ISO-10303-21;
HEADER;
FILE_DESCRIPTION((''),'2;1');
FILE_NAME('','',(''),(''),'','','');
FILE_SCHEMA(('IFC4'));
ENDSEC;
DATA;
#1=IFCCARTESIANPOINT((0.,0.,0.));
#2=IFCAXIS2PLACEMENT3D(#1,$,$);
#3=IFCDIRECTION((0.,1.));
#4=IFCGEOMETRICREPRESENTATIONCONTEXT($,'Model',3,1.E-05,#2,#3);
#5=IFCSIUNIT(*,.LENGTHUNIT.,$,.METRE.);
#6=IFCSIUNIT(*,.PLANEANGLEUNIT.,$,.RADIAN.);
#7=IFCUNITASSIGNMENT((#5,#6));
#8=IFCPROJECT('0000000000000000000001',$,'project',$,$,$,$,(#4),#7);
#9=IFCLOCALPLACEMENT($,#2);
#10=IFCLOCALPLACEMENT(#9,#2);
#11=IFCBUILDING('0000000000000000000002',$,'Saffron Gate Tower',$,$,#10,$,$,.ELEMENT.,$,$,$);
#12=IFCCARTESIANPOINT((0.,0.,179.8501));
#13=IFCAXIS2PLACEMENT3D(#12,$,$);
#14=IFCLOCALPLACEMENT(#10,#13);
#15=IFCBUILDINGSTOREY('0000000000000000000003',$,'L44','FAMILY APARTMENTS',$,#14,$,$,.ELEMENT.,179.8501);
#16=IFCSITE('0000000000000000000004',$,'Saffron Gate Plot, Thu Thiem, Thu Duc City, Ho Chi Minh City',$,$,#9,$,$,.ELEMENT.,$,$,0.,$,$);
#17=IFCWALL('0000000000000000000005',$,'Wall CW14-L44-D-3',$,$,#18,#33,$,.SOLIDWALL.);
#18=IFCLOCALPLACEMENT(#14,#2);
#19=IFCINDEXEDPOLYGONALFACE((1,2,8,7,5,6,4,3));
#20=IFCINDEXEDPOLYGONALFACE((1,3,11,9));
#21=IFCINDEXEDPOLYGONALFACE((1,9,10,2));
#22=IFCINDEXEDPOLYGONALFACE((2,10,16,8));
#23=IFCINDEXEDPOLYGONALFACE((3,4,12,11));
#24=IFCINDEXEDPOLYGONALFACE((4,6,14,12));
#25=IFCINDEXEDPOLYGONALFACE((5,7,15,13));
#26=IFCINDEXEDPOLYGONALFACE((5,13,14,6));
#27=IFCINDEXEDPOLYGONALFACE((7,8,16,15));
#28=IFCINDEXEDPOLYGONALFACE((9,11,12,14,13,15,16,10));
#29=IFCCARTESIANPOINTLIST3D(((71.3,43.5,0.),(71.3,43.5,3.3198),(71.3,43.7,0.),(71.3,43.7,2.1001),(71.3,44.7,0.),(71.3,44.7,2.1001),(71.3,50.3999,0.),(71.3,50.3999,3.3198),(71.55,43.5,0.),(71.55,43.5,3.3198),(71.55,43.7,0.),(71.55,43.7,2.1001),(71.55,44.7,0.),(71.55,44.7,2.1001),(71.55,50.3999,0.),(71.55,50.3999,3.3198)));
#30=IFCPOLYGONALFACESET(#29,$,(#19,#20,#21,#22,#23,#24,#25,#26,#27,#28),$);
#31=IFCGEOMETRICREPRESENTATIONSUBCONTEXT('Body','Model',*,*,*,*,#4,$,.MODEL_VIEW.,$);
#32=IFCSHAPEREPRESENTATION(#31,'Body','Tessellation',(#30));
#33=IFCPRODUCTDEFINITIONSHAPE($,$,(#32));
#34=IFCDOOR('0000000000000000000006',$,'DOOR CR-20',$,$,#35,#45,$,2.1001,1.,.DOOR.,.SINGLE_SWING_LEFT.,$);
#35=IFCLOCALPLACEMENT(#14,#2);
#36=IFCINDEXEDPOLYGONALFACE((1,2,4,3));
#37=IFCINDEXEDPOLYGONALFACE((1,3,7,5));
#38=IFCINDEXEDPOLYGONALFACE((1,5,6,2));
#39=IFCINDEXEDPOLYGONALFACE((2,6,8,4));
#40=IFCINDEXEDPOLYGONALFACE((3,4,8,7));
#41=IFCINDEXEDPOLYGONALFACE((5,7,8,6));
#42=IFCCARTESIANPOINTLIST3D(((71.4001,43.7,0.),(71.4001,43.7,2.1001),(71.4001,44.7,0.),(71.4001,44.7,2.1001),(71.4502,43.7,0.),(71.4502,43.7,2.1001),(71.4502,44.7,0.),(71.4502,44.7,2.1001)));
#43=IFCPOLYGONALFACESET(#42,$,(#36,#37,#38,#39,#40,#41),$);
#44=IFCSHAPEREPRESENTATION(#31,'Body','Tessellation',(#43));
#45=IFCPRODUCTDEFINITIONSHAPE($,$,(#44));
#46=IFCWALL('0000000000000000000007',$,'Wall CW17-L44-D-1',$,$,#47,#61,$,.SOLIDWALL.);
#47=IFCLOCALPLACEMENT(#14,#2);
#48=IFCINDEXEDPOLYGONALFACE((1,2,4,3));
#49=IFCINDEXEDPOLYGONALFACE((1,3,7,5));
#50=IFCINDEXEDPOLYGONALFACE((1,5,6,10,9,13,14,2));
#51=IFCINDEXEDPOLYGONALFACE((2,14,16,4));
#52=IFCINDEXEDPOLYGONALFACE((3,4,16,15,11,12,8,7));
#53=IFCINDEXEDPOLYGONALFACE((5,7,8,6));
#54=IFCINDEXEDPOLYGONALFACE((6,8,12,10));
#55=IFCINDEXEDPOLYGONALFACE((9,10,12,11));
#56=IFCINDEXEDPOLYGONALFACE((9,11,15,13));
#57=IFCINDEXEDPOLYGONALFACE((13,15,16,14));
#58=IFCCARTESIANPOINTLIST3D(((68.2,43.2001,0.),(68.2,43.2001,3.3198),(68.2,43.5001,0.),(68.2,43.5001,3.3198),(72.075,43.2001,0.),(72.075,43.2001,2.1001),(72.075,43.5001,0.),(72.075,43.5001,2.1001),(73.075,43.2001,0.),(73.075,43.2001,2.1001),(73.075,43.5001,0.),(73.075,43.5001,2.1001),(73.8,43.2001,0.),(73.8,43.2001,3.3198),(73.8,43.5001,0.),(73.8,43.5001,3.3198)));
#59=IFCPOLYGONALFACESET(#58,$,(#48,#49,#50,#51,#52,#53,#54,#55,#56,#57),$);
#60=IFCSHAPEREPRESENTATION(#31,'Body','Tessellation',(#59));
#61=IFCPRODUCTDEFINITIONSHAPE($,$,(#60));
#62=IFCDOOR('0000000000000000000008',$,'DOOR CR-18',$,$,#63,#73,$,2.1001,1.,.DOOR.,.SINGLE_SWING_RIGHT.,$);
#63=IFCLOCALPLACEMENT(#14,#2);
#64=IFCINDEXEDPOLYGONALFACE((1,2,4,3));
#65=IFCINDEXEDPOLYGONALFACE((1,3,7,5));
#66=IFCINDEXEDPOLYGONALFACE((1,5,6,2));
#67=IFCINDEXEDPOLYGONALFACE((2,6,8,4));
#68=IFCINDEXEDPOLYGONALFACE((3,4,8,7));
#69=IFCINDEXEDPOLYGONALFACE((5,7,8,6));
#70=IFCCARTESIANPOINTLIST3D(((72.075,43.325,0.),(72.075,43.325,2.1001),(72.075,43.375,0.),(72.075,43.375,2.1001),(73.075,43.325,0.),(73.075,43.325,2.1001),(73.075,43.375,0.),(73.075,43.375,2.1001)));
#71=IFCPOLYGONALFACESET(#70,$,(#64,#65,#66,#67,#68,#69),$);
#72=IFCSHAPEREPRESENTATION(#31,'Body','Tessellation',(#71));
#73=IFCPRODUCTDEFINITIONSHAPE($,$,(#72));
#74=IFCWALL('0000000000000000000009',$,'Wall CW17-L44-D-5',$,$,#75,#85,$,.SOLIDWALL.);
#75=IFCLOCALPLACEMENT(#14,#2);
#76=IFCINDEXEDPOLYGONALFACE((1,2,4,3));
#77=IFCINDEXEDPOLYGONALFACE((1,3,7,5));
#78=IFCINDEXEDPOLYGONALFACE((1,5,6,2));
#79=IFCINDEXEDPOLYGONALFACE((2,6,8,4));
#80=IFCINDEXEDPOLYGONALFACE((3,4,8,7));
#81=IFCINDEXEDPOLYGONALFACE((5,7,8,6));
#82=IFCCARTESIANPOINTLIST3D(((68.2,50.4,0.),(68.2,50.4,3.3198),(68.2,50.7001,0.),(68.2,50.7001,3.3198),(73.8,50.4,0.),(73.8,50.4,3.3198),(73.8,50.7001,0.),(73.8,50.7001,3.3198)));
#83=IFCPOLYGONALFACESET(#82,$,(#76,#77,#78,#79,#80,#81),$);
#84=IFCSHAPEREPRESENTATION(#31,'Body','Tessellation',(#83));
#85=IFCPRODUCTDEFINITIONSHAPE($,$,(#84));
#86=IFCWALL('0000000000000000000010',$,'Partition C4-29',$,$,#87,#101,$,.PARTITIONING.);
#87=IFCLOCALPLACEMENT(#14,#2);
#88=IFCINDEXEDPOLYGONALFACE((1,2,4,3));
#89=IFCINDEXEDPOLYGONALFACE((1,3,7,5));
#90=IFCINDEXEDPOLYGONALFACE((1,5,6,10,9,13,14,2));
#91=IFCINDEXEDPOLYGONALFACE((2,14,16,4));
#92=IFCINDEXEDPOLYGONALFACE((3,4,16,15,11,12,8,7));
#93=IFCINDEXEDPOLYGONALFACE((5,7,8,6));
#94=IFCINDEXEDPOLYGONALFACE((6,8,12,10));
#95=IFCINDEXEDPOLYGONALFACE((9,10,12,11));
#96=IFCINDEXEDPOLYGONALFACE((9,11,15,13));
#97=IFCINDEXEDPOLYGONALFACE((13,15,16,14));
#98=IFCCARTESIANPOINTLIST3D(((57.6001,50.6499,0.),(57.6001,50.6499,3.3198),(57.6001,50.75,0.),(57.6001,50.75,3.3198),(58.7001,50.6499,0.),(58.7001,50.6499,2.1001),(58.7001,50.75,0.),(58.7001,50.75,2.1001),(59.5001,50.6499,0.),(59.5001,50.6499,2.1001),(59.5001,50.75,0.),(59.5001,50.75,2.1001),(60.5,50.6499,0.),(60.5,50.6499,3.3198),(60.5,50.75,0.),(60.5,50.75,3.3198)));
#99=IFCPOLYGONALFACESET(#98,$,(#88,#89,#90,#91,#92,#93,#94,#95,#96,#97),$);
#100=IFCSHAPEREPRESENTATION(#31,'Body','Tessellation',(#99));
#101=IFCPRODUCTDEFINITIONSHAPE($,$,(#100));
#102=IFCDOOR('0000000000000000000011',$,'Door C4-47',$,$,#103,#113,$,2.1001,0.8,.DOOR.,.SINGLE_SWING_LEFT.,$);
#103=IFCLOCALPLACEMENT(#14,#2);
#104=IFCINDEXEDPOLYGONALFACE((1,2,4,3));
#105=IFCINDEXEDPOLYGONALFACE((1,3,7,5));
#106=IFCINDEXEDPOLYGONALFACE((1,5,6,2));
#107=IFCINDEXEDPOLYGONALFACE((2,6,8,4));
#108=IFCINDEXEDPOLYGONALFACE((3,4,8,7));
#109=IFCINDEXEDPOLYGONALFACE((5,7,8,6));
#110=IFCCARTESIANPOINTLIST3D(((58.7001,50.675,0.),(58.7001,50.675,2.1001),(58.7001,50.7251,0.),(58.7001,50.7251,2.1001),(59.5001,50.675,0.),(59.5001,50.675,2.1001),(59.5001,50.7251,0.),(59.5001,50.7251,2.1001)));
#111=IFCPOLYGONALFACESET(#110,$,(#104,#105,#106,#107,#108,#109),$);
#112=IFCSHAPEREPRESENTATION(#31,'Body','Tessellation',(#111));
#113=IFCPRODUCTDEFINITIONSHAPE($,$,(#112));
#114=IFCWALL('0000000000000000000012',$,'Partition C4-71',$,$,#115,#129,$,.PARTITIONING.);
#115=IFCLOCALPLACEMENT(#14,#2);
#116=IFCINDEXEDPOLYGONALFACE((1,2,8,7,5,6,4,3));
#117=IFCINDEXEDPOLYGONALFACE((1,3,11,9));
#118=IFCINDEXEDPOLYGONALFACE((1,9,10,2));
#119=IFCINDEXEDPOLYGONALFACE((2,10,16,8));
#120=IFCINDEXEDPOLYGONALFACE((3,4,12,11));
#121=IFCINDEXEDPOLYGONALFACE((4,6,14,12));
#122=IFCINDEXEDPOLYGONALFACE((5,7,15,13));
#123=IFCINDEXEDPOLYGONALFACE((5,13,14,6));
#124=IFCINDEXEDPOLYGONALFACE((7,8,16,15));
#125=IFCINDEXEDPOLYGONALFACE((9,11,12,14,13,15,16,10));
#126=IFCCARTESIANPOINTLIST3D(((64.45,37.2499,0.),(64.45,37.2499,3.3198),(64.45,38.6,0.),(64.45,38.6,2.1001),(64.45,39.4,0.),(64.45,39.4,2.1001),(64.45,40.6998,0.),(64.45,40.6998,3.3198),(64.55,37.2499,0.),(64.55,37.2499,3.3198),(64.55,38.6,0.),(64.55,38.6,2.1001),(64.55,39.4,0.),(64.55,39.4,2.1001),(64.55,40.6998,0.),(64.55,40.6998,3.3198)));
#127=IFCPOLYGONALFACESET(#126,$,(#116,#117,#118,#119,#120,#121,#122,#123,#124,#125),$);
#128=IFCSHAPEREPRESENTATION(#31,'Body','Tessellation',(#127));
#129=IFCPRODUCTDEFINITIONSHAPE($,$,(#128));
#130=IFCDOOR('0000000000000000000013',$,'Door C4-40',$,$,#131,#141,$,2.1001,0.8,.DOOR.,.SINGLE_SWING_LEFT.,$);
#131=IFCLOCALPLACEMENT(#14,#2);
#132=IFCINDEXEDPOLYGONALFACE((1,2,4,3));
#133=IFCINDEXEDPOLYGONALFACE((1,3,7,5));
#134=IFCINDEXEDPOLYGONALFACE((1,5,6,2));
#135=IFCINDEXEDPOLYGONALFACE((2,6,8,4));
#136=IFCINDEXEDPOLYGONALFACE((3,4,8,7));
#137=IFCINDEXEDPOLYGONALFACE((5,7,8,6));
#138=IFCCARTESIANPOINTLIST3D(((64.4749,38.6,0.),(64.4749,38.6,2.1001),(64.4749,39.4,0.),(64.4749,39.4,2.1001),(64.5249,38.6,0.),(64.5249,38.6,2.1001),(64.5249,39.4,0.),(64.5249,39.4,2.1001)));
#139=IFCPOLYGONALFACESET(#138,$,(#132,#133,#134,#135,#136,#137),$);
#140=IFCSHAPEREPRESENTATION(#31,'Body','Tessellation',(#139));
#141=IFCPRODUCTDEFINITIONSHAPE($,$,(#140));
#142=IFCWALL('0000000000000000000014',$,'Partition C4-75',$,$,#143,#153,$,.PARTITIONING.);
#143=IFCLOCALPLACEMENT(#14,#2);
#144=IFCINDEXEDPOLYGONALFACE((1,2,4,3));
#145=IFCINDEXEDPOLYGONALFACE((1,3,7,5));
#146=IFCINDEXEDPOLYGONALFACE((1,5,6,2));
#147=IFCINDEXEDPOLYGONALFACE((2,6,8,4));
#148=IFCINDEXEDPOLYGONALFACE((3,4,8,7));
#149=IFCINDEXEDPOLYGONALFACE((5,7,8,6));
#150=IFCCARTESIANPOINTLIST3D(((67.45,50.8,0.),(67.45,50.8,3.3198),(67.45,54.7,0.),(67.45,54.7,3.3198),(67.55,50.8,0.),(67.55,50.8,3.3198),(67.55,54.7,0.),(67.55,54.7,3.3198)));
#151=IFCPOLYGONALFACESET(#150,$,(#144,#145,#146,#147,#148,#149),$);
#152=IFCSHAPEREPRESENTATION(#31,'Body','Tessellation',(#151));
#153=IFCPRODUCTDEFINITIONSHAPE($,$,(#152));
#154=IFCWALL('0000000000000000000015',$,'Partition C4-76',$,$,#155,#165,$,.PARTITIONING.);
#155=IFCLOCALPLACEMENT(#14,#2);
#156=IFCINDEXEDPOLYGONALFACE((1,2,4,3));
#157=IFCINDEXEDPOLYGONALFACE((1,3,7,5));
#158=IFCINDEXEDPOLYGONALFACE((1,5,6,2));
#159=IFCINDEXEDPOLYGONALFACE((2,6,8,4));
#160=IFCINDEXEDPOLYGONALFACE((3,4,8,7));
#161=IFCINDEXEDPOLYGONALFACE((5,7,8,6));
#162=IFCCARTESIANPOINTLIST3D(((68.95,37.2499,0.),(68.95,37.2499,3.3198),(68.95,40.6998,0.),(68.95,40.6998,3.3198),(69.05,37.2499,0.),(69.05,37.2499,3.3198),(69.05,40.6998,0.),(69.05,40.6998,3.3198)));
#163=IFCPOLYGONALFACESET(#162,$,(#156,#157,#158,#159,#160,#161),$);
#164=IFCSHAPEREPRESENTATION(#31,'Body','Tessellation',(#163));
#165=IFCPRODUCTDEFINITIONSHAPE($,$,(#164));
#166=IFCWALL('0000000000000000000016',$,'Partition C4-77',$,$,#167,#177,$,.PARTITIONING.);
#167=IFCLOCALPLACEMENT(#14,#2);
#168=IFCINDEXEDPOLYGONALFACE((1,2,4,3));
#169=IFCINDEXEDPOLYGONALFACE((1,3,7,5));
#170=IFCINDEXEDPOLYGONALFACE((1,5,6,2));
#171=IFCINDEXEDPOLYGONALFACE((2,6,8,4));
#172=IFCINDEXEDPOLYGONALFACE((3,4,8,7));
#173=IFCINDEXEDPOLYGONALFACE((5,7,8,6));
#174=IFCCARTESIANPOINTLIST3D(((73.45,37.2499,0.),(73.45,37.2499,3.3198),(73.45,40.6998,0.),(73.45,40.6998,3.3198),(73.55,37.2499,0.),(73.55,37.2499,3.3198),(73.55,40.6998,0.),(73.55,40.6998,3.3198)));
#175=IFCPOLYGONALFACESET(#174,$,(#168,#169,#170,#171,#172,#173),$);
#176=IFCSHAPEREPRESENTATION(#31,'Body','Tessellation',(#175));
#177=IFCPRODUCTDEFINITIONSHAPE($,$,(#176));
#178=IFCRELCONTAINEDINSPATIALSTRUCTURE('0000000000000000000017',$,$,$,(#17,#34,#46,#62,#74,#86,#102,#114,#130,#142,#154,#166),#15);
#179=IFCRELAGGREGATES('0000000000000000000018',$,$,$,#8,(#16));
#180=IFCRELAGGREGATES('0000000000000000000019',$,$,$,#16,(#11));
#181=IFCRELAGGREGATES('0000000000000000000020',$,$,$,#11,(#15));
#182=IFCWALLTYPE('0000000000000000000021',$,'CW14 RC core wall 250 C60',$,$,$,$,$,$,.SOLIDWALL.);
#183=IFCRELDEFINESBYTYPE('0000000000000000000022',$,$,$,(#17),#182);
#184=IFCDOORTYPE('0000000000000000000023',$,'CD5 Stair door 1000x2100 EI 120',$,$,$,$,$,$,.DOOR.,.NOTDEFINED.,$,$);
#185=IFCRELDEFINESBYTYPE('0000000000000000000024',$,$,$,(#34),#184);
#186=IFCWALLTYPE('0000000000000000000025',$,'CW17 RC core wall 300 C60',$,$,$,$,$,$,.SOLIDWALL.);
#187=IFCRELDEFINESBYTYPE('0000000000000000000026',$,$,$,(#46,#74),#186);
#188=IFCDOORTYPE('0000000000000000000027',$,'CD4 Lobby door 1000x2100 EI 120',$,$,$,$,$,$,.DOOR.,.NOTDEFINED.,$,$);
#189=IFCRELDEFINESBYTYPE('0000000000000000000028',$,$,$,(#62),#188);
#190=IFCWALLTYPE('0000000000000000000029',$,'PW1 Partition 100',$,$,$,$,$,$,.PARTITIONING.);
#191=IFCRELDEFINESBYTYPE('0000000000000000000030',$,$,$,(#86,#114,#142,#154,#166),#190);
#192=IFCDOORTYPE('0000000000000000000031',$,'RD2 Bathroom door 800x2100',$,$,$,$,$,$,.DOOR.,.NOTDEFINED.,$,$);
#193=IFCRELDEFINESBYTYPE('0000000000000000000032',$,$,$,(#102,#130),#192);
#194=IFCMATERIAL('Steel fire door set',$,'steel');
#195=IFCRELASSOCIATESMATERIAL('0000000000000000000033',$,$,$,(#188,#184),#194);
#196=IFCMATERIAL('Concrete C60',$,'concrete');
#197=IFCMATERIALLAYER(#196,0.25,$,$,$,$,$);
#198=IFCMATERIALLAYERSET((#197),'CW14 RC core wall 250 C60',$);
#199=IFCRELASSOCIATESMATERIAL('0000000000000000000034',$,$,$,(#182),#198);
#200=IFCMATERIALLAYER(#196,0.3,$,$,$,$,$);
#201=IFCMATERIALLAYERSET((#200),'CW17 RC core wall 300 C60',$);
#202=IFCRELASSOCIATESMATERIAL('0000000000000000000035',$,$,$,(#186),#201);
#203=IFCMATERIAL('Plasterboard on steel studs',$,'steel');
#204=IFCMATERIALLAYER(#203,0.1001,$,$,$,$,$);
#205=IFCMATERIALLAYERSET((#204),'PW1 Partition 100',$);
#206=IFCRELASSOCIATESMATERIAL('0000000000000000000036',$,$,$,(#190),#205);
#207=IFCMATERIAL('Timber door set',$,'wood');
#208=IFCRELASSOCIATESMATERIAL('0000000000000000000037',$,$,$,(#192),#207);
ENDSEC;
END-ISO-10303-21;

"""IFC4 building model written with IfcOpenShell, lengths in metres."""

from ifc_helpers import new_model, si_unit, direction, frame, frame_2d, origin, place, context, subcontext, project, spatial, rectangle, extrude, material, layer, layer_set, type_object, element, fill, save


model = new_model("IFC4")

# Units and contexts
model_context = context("Model", 3, precision=1e-05, world=origin(), true_north=direction((0.0, 1.0)))
body_context = subcontext(model_context, "Body", "Model", "MODEL_VIEW")
ifc_project = project(units=[si_unit("LENGTHUNIT", "METRE"), si_unit("PLANEANGLEUNIT", "RADIAN")], contexts=[model_context])

# Site, building, storey
site_placement = place(None, origin())
site = spatial("IfcSite", under=ifc_project, at=site_placement, Name="Saffron Gate Plot, Thu Thiem, Thu Duc City, Ho Chi Minh City", CompositionType="ELEMENT", RefElevation=0.0)
building_placement = place(site_placement, origin())
building = spatial("IfcBuilding", under=site, at=building_placement, Name="Saffron Gate Tower", CompositionType="ELEMENT")
storey_placement = place(building_placement, frame((0.0, 0.0, 179.8501)))
storey = spatial("IfcBuildingStorey", under=building, at=storey_placement, Name="L44", Description="FAMILY APARTMENTS", CompositionType="ELEMENT", Elevation=179.8501)

# Shared definitions
ifc_material_1 = material(Name="Steel fire door set", Category="steel")
door_type_1 = type_object("IfcDoorType", Name="CD4 Lobby door 1000x2100 EI 120", OperationType="NOTDEFINED", PredefinedType="DOOR", material=ifc_material_1)

# Shared definitions
ifc_material_2 = material(Name="Concrete C60", Category="concrete")
ifc_layer_1 = layer(ifc_material_2, 0.25)
ifc_layer_set_1 = layer_set([ifc_layer_1], Name="CW14 RC core wall 250 C60")
wall_type_1 = type_object("IfcWallType", Name="CW14 RC core wall 250 C60", PredefinedType="SOLIDWALL", material=ifc_layer_set_1)

# Walls, openings, doors
wall_1_placement = place(storey_placement, frame((71.425, 43.5, 0.0), z_axis=(0.0, 0.0, 1.0), x_axis=(0.0, 1.0, 0.0)))
wall_1 = element("IfcWall", 1, at=wall_1_placement, inside=storey, type_object=wall_type_1, Name="Wall CW14-L44-D-3", PredefinedType="SOLIDWALL", context=body_context, shape_type="SweptSolid", body=[
    extrude(rectangle(XDim=6.8999, YDim=0.25, at=frame_2d((3.45, 0.0))), origin(), (0.0, 0.0, 1.0), 3.3198),
])
opening_1_placement = place(wall_1_placement, frame((0.2, 0.0, 0.0)))
opening_1 = element("IfcOpeningElement", 2, at=opening_1_placement, cuts=wall_1, PredefinedType="OPENING", context=body_context, shape_type="SweptSolid", body=[
    extrude(rectangle(XDim=1.0, YDim=2.1001, at=frame_2d((0.5, 1.05))), frame((0.0, 0.135, 0.0), z_axis=(0.0, -1.0, 0.0), x_axis=(1.0, 0.0, 0.0)), (0.0, 0.0, 1.0), 0.27),
])
door_type_2 = type_object("IfcDoorType", Name="CD5 Stair door 1000x2100 EI 120", OperationType="NOTDEFINED", PredefinedType="DOOR", material=ifc_material_1)
door_1_placement = place(opening_1_placement, origin())
door_1 = element("IfcDoor", 3, at=door_1_placement, inside=storey, type_object=door_type_2, Name="DOOR CR-20", OperationType="SINGLE_SWING_LEFT", OverallHeight=2.1001, OverallWidth=1.0, PredefinedType="DOOR", context=body_context, shape_type="SweptSolid", body=[
    extrude(rectangle(XDim=1.0, YDim=2.1001, at=frame_2d((0.5, 1.05))), frame((0.0, 0.0249, 0.0), z_axis=(0.0, -1.0, 0.0), x_axis=(1.0, 0.0, 0.0)), (0.0, 0.0, 1.0), 0.05),
])
fill(opening_1, door_1)
ifc_layer_2 = layer(ifc_material_2, 0.3)
ifc_layer_set_2 = layer_set([ifc_layer_2], Name="CW17 RC core wall 300 C60")
wall_type_2 = type_object("IfcWallType", Name="CW17 RC core wall 300 C60", PredefinedType="SOLIDWALL", material=ifc_layer_set_2)
wall_2_placement = place(storey_placement, frame((68.2, 43.3501, 0.0), z_axis=(0.0, 0.0, 1.0), x_axis=(1.0, 0.0, 0.0)))
wall_2 = element("IfcWall", 4, at=wall_2_placement, inside=storey, type_object=wall_type_2, Name="Wall CW17-L44-D-1", PredefinedType="SOLIDWALL", context=body_context, shape_type="SweptSolid", body=[
    extrude(rectangle(XDim=5.6001, YDim=0.3, at=frame_2d((2.8, 0.0))), origin(), (0.0, 0.0, 1.0), 3.3198),
])
opening_2_placement = place(wall_2_placement, frame((3.875, 0.0, 0.0)))
opening_2 = element("IfcOpeningElement", 5, at=opening_2_placement, cuts=wall_2, PredefinedType="OPENING", context=body_context, shape_type="SweptSolid", body=[
    extrude(rectangle(XDim=1.0, YDim=2.1001, at=frame_2d((0.5, 1.05))), frame((0.0, 0.1602, 0.0), z_axis=(0.0, -1.0, 0.0), x_axis=(1.0, 0.0, 0.0)), (0.0, 0.0, 1.0), 0.3201),
])
door_2_placement = place(opening_2_placement, origin())
door_2 = element("IfcDoor", 6, at=door_2_placement, inside=storey, type_object=door_type_1, Name="DOOR CR-18", OperationType="SINGLE_SWING_RIGHT", OverallHeight=2.1001, OverallWidth=1.0, PredefinedType="DOOR", context=body_context, shape_type="SweptSolid", body=[
    extrude(rectangle(XDim=1.0, YDim=2.1001, at=frame_2d((0.5, 1.05))), frame((0.0, 0.0249, 0.0), z_axis=(0.0, -1.0, 0.0), x_axis=(1.0, 0.0, 0.0)), (0.0, 0.0, 1.0), 0.05),
])
fill(opening_2, door_2)

# Wall
wall_3_placement = place(storey_placement, frame((68.2, 50.55, 0.0), z_axis=(0.0, 0.0, 1.0), x_axis=(1.0, 0.0, 0.0)))
element("IfcWall", 7, at=wall_3_placement, inside=storey, type_object=wall_type_2, Name="Wall CW17-L44-D-5", PredefinedType="SOLIDWALL", context=body_context, shape_type="SweptSolid", body=[
    extrude(rectangle(XDim=5.6001, YDim=0.3, at=frame_2d((2.8, 0.0))), origin(), (0.0, 0.0, 1.0), 3.3198),
])

# Walls, openings, doors
ifc_material_3 = material(Name="Plasterboard on steel studs", Category="steel")
ifc_layer_3 = layer(ifc_material_3, 0.1001)
ifc_layer_set_3 = layer_set([ifc_layer_3], Name="PW1 Partition 100")
wall_type_3 = type_object("IfcWallType", Name="PW1 Partition 100", PredefinedType="PARTITIONING", material=ifc_layer_set_3)
wall_4_placement = place(storey_placement, frame((60.5, 50.7, 0.0), z_axis=(0.0, 0.0, 1.0), x_axis=(-1.0, 0.0, 0.0)))
wall_4 = element("IfcWall", 8, at=wall_4_placement, inside=storey, type_object=wall_type_3, Name="Partition C4-29", PredefinedType="PARTITIONING", context=body_context, shape_type="SweptSolid", body=[
    extrude(rectangle(XDim=2.8999, YDim=0.1001, at=frame_2d((1.45, 0.0))), origin(), (0.0, 0.0, 1.0), 3.3198),
])
opening_3_placement = place(wall_4_placement, frame((1.0, 0.0, 0.0)))
opening_3 = element("IfcOpeningElement", 9, at=opening_3_placement, cuts=wall_4, PredefinedType="OPENING", context=body_context, shape_type="SweptSolid", body=[
    extrude(rectangle(XDim=0.8, YDim=2.1001, at=frame_2d((0.3999, 1.05))), frame((0.0, 0.0601, 0.0), z_axis=(0.0, -1.0, 0.0), x_axis=(1.0, 0.0, 0.0)), (0.0, 0.0, 1.0), 0.1201),
])
ifc_material_4 = material(Name="Timber door set", Category="wood")
door_type_3 = type_object("IfcDoorType", Name="RD2 Bathroom door 800x2100", OperationType="NOTDEFINED", PredefinedType="DOOR", material=ifc_material_4)
door_3_placement = place(opening_3_placement, origin())
door_3 = element("IfcDoor", 10, at=door_3_placement, inside=storey, type_object=door_type_3, Name="Door C4-47", OperationType="SINGLE_SWING_LEFT", OverallHeight=2.1001, OverallWidth=0.8, PredefinedType="DOOR", context=body_context, shape_type="SweptSolid", body=[
    extrude(rectangle(XDim=0.8, YDim=2.1001, at=frame_2d((0.3999, 1.05))), frame((0.0, 0.0249, 0.0), z_axis=(0.0, -1.0, 0.0), x_axis=(1.0, 0.0, 0.0)), (0.0, 0.0, 1.0), 0.05),
])
fill(opening_3, door_3)
wall_5_placement = place(storey_placement, frame((64.5, 40.7, 0.0), z_axis=(0.0, 0.0, 1.0), x_axis=(0.0, -1.0, 0.0)))
wall_5 = element("IfcWall", 11, at=wall_5_placement, inside=storey, type_object=wall_type_3, Name="Partition C4-71", PredefinedType="PARTITIONING", context=body_context, shape_type="SweptSolid", body=[
    extrude(rectangle(XDim=3.45, YDim=0.1001, at=frame_2d((1.7251, 0.0))), origin(), (0.0, 0.0, 1.0), 3.3198),
])
opening_4_placement = place(wall_5_placement, frame((1.3, 0.0, 0.0)))
opening_4 = element("IfcOpeningElement", 12, at=opening_4_placement, cuts=wall_5, PredefinedType="OPENING", context=body_context, shape_type="SweptSolid", body=[
    extrude(rectangle(XDim=0.8, YDim=2.1001, at=frame_2d((0.3999, 1.05))), frame((0.0, 0.0601, 0.0), z_axis=(0.0, -1.0, 0.0), x_axis=(1.0, 0.0, 0.0)), (0.0, 0.0, 1.0), 0.1201),
])
door_4_placement = place(opening_4_placement, origin())
door_4 = element("IfcDoor", 13, at=door_4_placement, inside=storey, type_object=door_type_3, Name="Door C4-40", OperationType="SINGLE_SWING_LEFT", OverallHeight=2.1001, OverallWidth=0.8, PredefinedType="DOOR", context=body_context, shape_type="SweptSolid", body=[
    extrude(rectangle(XDim=0.8, YDim=2.1001, at=frame_2d((0.3999, 1.05))), frame((0.0, 0.0249, 0.0), z_axis=(0.0, -1.0, 0.0), x_axis=(1.0, 0.0, 0.0)), (0.0, 0.0, 1.0), 0.05),
])
fill(opening_4, door_4)

# Walls
wall_6_placement = place(storey_placement, frame((67.5, 54.7, 0.0), z_axis=(0.0, 0.0, 1.0), x_axis=(0.0, -1.0, 0.0)))
element("IfcWall", 14, at=wall_6_placement, inside=storey, type_object=wall_type_3, Name="Partition C4-75", PredefinedType="PARTITIONING", context=body_context, shape_type="SweptSolid", body=[
    extrude(rectangle(XDim=3.8999, YDim=0.1001, at=frame_2d((1.95, 0.0))), origin(), (0.0, 0.0, 1.0), 3.3198),
])
for number, where, z_axis, x_axis, name in (
    (15, (69.0, 40.7, 0.0), (0.0, 0.0, 1.0), (0.0, -1.0, 0.0), "Partition C4-76"),
    (16, (73.5, 40.7, 0.0), (0.0, 0.0, 1.0), (0.0, -1.0, 0.0), "Partition C4-77"),
):
    element("IfcWall", number, at=place(storey_placement, frame(where, z_axis=z_axis, x_axis=x_axis)), inside=storey, type_object=wall_type_3, Name=name, PredefinedType="PARTITIONING", context=body_context, shape_type="SweptSolid", body=[
        extrude(rectangle(XDim=3.45, YDim=0.1001, at=frame_2d((1.7251, 0.0))), origin(), (0.0, 0.0, 1.0), 3.3198),
    ])

save(model, "model.ifc")
